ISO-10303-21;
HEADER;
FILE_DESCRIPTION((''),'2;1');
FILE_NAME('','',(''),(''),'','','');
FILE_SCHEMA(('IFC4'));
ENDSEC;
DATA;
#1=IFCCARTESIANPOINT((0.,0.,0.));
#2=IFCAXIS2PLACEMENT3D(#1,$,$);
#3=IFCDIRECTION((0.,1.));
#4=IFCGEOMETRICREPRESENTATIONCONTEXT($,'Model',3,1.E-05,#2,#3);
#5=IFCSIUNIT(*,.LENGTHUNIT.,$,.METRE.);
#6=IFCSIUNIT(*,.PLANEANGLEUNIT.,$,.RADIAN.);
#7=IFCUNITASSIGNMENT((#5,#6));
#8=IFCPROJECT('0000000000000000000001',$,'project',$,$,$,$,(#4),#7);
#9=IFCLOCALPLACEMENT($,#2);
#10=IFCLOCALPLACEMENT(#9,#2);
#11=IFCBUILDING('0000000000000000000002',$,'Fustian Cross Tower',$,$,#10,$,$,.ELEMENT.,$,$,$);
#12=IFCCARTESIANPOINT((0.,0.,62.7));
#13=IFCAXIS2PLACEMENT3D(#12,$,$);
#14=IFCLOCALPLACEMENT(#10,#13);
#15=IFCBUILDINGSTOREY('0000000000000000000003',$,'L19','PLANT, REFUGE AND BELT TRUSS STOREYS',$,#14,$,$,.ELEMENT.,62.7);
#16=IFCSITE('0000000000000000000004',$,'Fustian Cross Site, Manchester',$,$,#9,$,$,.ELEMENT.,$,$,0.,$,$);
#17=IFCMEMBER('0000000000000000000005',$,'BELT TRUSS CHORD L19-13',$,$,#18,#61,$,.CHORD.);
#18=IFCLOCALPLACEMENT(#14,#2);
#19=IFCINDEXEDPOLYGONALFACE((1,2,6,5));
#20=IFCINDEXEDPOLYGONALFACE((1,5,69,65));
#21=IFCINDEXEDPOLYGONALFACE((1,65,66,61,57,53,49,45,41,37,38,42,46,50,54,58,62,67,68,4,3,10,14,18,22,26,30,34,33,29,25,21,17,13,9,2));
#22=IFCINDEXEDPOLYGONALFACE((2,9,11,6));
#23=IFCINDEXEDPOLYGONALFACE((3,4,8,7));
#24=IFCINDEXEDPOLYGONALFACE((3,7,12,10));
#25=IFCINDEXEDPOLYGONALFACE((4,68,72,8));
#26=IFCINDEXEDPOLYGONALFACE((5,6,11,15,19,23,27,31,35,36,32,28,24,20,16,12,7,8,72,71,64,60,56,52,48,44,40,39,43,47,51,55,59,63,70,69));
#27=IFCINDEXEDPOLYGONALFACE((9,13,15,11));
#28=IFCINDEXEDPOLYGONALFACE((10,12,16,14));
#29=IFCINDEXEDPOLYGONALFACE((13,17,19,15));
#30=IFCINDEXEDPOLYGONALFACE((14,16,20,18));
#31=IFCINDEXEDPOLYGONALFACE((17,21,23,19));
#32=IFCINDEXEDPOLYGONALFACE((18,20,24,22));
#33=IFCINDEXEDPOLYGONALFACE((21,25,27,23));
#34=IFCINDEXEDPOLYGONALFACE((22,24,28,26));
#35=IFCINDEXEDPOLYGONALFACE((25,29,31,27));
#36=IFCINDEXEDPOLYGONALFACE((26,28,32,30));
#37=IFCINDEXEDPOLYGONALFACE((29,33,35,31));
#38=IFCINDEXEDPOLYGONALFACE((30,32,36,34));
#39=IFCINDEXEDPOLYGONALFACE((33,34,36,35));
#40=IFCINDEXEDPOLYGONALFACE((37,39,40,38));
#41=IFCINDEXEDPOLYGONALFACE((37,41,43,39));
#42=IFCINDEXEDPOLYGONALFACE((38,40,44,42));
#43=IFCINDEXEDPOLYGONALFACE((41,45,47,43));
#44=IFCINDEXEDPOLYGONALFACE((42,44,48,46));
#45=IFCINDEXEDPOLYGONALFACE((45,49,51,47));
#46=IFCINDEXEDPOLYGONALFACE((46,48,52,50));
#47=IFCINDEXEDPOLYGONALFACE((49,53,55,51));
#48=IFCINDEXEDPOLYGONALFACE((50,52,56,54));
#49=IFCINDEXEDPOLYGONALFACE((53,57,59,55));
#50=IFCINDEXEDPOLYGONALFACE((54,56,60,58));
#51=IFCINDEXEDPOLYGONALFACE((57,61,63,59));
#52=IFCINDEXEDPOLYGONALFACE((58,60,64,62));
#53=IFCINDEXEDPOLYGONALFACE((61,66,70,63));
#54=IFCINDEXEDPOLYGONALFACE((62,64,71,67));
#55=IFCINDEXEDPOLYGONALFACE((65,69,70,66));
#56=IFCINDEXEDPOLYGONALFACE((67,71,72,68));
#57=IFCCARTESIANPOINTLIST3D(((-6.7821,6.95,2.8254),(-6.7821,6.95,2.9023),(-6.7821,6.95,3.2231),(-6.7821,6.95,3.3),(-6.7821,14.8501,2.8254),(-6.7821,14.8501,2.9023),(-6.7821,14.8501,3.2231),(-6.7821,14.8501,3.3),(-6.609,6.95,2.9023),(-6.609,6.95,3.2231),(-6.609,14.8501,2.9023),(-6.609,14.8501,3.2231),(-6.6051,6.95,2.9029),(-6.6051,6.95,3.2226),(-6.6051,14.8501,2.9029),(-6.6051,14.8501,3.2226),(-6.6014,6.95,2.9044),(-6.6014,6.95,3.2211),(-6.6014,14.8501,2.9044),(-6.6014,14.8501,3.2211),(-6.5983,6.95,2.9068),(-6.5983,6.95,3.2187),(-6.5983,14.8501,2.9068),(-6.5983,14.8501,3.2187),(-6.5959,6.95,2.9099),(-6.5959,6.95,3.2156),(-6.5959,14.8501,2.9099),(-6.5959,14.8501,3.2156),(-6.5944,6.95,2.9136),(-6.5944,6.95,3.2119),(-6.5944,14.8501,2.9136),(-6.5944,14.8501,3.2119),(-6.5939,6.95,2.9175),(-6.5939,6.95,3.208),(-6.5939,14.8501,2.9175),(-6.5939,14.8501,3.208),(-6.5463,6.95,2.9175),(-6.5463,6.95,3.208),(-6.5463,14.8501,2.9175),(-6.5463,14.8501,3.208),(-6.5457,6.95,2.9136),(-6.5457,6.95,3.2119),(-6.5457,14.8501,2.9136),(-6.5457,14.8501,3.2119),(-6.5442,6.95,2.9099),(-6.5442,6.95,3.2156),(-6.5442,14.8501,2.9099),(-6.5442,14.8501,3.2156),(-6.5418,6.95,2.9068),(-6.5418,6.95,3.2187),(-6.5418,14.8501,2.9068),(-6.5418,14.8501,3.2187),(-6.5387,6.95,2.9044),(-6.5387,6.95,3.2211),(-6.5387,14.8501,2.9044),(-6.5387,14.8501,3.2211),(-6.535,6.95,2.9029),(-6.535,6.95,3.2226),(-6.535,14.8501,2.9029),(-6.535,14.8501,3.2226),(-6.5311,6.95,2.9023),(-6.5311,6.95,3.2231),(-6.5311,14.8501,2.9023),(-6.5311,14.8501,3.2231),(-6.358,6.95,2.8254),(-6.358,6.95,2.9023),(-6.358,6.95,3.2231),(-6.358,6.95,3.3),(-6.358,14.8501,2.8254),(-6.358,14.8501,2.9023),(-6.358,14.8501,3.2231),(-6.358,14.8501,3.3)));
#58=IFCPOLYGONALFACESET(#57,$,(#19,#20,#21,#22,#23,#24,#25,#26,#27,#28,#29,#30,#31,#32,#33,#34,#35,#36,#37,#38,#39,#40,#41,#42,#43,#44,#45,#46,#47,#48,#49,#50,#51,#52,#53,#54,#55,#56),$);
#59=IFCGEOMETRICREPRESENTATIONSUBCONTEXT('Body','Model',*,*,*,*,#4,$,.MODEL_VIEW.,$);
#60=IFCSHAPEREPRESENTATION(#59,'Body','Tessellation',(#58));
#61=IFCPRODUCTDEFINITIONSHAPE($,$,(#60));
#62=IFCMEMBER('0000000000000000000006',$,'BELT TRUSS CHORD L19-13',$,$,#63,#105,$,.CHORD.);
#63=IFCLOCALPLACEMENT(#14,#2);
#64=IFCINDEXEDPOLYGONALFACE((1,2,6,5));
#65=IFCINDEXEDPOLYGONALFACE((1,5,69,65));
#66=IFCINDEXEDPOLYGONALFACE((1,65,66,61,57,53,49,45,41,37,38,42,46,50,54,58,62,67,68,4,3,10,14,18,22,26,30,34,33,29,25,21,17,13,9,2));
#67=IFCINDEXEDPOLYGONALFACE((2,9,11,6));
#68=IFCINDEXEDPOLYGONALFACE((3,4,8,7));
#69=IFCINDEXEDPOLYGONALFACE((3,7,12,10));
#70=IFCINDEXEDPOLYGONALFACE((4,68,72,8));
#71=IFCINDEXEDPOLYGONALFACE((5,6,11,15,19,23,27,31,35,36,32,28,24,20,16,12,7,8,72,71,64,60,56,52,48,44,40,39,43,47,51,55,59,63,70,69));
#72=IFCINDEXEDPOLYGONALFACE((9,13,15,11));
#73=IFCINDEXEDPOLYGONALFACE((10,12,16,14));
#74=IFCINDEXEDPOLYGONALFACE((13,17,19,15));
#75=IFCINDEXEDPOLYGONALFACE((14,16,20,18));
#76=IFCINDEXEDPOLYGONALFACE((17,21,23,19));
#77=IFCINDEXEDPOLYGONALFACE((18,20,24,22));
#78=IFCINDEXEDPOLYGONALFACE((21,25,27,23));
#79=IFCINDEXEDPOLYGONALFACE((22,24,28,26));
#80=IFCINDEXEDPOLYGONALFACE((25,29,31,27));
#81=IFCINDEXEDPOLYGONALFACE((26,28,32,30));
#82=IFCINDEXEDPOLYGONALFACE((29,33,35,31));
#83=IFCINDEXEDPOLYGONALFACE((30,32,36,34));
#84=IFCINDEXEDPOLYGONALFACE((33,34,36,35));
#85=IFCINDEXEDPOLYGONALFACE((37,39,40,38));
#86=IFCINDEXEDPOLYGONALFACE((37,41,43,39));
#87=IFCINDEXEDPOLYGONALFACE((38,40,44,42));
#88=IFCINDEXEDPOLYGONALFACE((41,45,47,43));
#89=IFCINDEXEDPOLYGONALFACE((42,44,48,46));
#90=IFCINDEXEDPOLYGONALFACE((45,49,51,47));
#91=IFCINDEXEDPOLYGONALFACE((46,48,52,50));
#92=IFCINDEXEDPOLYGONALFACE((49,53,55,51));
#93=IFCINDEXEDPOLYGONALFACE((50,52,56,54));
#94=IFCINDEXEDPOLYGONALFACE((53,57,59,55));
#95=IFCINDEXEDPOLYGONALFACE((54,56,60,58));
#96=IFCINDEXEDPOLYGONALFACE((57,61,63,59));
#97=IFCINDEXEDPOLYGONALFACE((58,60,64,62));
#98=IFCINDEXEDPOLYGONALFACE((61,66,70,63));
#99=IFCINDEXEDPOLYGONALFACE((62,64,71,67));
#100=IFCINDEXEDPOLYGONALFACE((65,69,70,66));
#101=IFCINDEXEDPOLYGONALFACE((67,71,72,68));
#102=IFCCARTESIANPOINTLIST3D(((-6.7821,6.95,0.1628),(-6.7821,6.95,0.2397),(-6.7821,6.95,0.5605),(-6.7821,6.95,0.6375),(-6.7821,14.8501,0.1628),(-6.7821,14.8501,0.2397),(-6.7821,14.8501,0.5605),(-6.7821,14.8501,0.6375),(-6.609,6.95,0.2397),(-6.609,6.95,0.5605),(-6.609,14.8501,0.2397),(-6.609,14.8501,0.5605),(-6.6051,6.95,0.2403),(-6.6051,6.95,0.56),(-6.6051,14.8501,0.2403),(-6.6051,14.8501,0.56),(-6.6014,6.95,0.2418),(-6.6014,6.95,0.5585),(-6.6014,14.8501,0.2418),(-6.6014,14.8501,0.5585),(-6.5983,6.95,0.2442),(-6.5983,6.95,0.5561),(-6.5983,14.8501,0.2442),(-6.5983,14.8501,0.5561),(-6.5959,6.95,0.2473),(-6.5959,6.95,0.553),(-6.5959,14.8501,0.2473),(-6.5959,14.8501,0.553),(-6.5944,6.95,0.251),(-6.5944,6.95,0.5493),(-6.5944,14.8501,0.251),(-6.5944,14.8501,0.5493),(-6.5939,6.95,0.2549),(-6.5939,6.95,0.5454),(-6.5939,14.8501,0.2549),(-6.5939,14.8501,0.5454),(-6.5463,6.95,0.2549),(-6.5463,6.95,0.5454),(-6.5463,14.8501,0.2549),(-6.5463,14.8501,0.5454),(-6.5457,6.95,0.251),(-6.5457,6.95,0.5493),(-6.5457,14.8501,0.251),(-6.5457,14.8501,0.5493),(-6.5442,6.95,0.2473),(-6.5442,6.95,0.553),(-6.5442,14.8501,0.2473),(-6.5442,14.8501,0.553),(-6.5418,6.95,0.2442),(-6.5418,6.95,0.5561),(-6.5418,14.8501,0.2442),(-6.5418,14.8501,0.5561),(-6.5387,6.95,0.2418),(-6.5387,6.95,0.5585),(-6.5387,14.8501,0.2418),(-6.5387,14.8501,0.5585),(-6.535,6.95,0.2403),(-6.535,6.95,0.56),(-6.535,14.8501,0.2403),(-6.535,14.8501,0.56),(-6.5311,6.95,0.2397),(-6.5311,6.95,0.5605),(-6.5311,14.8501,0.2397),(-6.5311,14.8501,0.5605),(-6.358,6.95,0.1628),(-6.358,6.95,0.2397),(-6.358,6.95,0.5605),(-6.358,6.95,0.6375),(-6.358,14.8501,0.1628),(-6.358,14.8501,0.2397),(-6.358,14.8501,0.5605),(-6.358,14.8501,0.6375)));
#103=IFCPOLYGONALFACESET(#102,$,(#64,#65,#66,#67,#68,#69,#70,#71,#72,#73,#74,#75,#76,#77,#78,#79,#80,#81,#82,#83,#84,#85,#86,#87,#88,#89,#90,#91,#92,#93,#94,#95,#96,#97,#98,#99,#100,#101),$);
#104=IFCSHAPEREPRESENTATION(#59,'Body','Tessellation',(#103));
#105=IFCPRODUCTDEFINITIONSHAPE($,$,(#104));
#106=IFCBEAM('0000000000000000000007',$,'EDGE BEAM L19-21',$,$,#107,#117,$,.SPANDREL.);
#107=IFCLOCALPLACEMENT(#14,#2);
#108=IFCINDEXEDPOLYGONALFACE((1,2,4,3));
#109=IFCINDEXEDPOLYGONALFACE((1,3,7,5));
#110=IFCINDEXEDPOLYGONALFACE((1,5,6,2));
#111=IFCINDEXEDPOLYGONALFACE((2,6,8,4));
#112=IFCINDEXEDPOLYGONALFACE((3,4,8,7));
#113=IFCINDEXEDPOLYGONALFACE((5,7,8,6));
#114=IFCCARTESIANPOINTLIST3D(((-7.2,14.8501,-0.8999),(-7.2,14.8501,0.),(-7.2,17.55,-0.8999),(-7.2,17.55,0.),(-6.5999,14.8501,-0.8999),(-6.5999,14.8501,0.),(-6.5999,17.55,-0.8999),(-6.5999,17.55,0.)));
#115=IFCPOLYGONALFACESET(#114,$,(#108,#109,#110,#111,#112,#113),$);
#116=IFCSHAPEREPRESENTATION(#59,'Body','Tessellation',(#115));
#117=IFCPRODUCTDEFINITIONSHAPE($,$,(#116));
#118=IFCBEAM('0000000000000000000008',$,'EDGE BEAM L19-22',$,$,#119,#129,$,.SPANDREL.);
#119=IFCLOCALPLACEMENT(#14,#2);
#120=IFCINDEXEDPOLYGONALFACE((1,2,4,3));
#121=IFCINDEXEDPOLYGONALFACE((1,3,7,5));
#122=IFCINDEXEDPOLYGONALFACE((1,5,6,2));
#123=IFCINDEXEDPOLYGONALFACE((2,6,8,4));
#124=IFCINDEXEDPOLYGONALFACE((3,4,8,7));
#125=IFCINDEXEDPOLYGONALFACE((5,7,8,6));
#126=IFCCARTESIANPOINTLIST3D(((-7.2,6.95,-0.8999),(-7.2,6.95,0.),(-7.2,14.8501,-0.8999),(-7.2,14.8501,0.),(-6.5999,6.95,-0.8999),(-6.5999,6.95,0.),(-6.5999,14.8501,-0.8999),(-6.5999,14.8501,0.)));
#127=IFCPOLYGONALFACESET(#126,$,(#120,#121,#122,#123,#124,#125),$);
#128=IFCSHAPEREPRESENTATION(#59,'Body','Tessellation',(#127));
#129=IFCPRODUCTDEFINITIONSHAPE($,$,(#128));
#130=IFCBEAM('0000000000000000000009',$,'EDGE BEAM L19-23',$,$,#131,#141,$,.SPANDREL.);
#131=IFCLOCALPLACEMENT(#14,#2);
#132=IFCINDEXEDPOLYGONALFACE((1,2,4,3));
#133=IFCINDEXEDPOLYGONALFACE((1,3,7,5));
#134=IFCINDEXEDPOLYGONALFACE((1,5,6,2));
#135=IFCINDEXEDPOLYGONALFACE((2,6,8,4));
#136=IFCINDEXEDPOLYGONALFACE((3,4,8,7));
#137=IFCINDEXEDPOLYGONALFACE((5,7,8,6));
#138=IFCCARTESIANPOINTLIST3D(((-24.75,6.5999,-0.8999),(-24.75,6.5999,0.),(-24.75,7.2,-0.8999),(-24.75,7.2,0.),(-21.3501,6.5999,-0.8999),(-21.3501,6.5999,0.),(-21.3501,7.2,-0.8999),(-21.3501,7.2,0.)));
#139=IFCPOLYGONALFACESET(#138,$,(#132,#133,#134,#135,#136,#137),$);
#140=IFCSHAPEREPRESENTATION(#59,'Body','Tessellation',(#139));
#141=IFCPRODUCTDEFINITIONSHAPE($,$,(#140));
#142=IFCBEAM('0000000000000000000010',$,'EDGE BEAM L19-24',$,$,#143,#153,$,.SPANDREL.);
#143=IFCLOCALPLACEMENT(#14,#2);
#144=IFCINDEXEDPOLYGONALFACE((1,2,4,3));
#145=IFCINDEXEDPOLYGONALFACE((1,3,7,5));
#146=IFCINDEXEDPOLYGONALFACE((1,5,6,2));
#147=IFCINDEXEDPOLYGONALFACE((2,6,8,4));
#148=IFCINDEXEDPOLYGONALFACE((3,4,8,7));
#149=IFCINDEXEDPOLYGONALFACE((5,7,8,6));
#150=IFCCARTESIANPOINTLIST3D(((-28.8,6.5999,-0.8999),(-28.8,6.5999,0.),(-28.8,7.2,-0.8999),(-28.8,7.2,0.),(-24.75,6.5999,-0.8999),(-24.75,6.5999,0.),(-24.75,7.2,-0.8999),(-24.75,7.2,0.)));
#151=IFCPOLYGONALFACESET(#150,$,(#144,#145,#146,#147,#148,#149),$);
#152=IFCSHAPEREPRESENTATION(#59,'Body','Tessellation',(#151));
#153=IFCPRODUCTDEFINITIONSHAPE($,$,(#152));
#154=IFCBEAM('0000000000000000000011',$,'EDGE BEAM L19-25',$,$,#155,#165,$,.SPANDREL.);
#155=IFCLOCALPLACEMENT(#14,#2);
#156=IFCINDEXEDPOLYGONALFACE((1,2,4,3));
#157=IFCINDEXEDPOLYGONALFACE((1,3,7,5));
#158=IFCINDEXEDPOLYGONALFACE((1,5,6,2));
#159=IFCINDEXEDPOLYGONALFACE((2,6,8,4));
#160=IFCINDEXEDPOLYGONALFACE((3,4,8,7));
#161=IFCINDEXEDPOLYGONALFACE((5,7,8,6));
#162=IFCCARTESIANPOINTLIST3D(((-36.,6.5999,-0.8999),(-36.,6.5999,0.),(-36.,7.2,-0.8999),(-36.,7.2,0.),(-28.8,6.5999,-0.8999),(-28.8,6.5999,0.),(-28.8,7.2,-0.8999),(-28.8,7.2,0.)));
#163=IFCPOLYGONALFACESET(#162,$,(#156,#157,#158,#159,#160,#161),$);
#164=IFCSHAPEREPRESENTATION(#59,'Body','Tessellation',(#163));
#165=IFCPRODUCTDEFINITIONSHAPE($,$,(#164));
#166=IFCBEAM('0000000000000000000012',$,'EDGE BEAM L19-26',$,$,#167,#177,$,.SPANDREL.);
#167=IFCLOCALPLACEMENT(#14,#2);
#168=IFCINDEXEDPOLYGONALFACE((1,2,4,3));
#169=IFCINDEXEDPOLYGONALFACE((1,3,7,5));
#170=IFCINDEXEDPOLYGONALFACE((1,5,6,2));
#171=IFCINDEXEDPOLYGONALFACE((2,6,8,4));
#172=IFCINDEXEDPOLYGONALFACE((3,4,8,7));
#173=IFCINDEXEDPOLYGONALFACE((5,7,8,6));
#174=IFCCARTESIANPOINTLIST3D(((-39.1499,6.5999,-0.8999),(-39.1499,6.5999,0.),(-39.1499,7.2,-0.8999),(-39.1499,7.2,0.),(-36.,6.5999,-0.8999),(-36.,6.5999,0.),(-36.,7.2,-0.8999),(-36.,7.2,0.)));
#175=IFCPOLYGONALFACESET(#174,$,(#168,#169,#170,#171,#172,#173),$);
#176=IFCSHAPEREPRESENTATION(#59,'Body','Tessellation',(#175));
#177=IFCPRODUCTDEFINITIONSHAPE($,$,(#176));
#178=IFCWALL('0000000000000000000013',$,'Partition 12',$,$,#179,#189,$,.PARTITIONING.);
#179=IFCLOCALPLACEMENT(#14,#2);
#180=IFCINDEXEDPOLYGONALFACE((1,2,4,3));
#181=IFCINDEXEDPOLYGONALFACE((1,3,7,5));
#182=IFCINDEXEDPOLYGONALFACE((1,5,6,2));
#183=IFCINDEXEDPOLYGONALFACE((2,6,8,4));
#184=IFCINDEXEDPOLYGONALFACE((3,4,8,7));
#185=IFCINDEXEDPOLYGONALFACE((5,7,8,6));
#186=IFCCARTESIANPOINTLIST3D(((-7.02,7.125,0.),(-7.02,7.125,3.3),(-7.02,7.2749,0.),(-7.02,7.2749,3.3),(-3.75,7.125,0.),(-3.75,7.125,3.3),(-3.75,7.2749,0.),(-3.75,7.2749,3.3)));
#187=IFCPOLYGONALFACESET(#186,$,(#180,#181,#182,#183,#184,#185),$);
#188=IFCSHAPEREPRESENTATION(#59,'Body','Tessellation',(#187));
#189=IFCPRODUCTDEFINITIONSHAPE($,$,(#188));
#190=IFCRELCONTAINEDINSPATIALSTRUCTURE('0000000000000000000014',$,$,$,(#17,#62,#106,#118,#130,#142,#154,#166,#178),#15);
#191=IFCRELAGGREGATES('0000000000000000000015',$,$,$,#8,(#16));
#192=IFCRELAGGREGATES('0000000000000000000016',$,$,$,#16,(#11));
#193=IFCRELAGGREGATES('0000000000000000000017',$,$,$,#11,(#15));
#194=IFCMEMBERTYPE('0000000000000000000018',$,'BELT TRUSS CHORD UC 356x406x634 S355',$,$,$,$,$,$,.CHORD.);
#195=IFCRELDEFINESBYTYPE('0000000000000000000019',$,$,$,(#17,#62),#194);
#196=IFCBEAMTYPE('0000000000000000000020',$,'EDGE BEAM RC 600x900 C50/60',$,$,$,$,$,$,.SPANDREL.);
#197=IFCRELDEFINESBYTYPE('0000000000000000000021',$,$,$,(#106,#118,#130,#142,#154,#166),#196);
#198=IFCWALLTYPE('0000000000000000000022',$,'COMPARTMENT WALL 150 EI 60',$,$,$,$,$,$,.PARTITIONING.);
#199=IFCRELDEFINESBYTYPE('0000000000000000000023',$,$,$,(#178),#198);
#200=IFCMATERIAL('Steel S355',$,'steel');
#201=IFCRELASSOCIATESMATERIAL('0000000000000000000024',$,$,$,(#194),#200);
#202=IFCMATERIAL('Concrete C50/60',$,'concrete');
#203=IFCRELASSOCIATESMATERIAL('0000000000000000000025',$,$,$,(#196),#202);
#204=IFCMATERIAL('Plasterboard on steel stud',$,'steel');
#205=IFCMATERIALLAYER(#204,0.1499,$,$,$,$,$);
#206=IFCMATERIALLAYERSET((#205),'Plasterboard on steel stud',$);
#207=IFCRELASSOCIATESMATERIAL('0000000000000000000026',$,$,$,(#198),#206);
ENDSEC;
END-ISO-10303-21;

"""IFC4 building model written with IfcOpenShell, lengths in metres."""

from ifc_helpers import new_model, si_unit, direction, frame, frame_2d, origin, origin_2d, place, context, subcontext, project, spatial, rectangle, i_section, extrude, material, layer, layer_set, material_profile, profile_set, type_object, element, save


model = new_model("IFC4")

# Units and contexts
model_context = context("Model", 3, precision=1e-05, world=origin(), true_north=direction((0.0, 1.0)))
body_context = subcontext(model_context, "Body", "Model", "MODEL_VIEW")
ifc_project = project(units=[si_unit("LENGTHUNIT", "METRE"), si_unit("PLANEANGLEUNIT", "RADIAN")], contexts=[model_context])

# Site, building, storey
site_placement = place(None, origin())
site = spatial("IfcSite", under=ifc_project, at=site_placement, Name="Fustian Cross Site, Manchester", CompositionType="ELEMENT", RefElevation=0.0)
building_placement = place(site_placement, origin())
building = spatial("IfcBuilding", under=site, at=building_placement, Name="Fustian Cross Tower", CompositionType="ELEMENT")
storey_placement = place(building_placement, frame((0.0, 0.0, 62.7)))
storey = spatial("IfcBuildingStorey", under=building, at=storey_placement, Name="L19", Description="PLANT, REFUGE AND BELT TRUSS STOREYS", CompositionType="ELEMENT", Elevation=62.7)

# Members
ifc_material_1 = material(Name="Steel S355", Category="steel")
ifc_material_profile_1 = material_profile(ifc_material_1, i_section(OverallWidth=0.4241, OverallDepth=0.4746, WebThickness=0.0476, FlangeThickness=0.0769, FilletRadius=0.0151, at=origin_2d()), Name="UC 356x406x634")
ifc_profile_set_1 = profile_set([ifc_material_profile_1], Name="Steel S355")
member_type_1 = type_object("IfcMemberType", Name="BELT TRUSS CHORD UC 356x406x634 S355", PredefinedType="CHORD", material=ifc_profile_set_1)
for number, where, z_axis, x_axis, name in (
    (1, (-6.5701, 14.8501, 3.0627), (0.0, -1.0, 0.0), (1.0, 0.0, 0.0), "BELT TRUSS CHORD L19-13"),
    (2, (-6.5701, 14.8501, 0.4001), (0.0, -1.0, 0.0), (1.0, 0.0, 0.0), "BELT TRUSS CHORD L19-13"),
):
    element("IfcMember", number, at=place(storey_placement, frame(where, z_axis=z_axis, x_axis=x_axis)), inside=storey, type_object=member_type_1, Name=name, PredefinedType="CHORD", context=body_context, shape_type="SweptSolid", body=[
        extrude(i_section(OverallWidth=0.4241, OverallDepth=0.4746, WebThickness=0.0476, FlangeThickness=0.0769, FilletRadius=0.0151, at=origin_2d()), origin(), (0.0, 0.0, 1.0), 7.9001),
    ])

# Beams
ifc_material_2 = material(Name="Concrete C50/60", Category="concrete")
ifc_material_profile_2 = material_profile(ifc_material_2, rectangle(XDim=0.6001, YDim=0.8999, at=origin_2d()), Name="RC 600x900")
ifc_profile_set_2 = profile_set([ifc_material_profile_2], Name="Concrete C50/60")
beam_type = type_object("IfcBeamType", Name="EDGE BEAM RC 600x900 C50/60", PredefinedType="SPANDREL", material=ifc_profile_set_2)
beam_1_placement = place(storey_placement, frame((-6.8999, 17.55, -0.45), z_axis=(0.0, -1.0, 0.0), x_axis=(1.0, 0.0, 0.0)))
element("IfcBeam", 3, at=beam_1_placement, inside=storey, type_object=beam_type, Name="EDGE BEAM L19-21", PredefinedType="SPANDREL", context=body_context, shape_type="SweptSolid", body=[
    extrude(rectangle(XDim=0.6001, YDim=0.8999, at=origin_2d()), origin(), (0.0, 0.0, 1.0), 2.7),
])
beam_2_placement = place(storey_placement, frame((-6.8999, 14.8501, -0.45), z_axis=(0.0, -1.0, 0.0), x_axis=(1.0, 0.0, 0.0)))
element("IfcBeam", 4, at=beam_2_placement, inside=storey, type_object=beam_type, Name="EDGE BEAM L19-22", PredefinedType="SPANDREL", context=body_context, shape_type="SweptSolid", body=[
    extrude(rectangle(XDim=0.6001, YDim=0.8999, at=origin_2d()), origin(), (0.0, 0.0, 1.0), 7.9001),
])
beam_3_placement = place(storey_placement, frame((-21.3501, 6.8999, -0.45), z_axis=(-1.0, 0.0, 0.0), x_axis=(0.0, -1.0, 0.0)))
element("IfcBeam", 5, at=beam_3_placement, inside=storey, type_object=beam_type, Name="EDGE BEAM L19-23", PredefinedType="SPANDREL", context=body_context, shape_type="SweptSolid", body=[
    extrude(rectangle(XDim=0.6001, YDim=0.8999, at=origin_2d()), origin(), (0.0, 0.0, 1.0), 3.3999),
])
beam_4_placement = place(storey_placement, frame((-24.75, 6.8999, -0.45), z_axis=(-1.0, 0.0, 0.0), x_axis=(0.0, -1.0, 0.0)))
element("IfcBeam", 6, at=beam_4_placement, inside=storey, type_object=beam_type, Name="EDGE BEAM L19-24", PredefinedType="SPANDREL", context=body_context, shape_type="SweptSolid", body=[
    extrude(rectangle(XDim=0.6001, YDim=0.8999, at=origin_2d()), origin(), (0.0, 0.0, 1.0), 4.05),
])
beam_5_placement = place(storey_placement, frame((-28.8, 6.8999, -0.45), z_axis=(-1.0, 0.0, 0.0), x_axis=(0.0, -1.0, 0.0)))
element("IfcBeam", 7, at=beam_5_placement, inside=storey, type_object=beam_type, Name="EDGE BEAM L19-25", PredefinedType="SPANDREL", context=body_context, shape_type="SweptSolid", body=[
    extrude(rectangle(XDim=0.6001, YDim=0.8999, at=origin_2d()), origin(), (0.0, 0.0, 1.0), 7.2),
])
beam_6_placement = place(storey_placement, frame((-36.0, 6.8999, -0.45), z_axis=(-1.0, 0.0, 0.0), x_axis=(0.0, -1.0, 0.0)))
element("IfcBeam", 8, at=beam_6_placement, inside=storey, type_object=beam_type, Name="EDGE BEAM L19-26", PredefinedType="SPANDREL", context=body_context, shape_type="SweptSolid", body=[
    extrude(rectangle(XDim=0.6001, YDim=0.8999, at=origin_2d()), origin(), (0.0, 0.0, 1.0), 3.1499),
])

# Wall
ifc_material_3 = material(Name="Plasterboard on steel stud", Category="steel")
ifc_layer_1 = layer(ifc_material_3, 0.1499)
ifc_layer_set_1 = layer_set([ifc_layer_1], Name="Plasterboard on steel stud")
wall_type_1 = type_object("IfcWallType", Name="COMPARTMENT WALL 150 EI 60", PredefinedType="PARTITIONING", material=ifc_layer_set_1)
wall_1_placement = place(storey_placement, frame((-7.02, 7.2, 0.0), z_axis=(0.0, 0.0, 1.0), x_axis=(1.0, 0.0, 0.0)))
element("IfcWall", 9, at=wall_1_placement, inside=storey, type_object=wall_type_1, Name="Partition 12", PredefinedType="PARTITIONING", context=body_context, shape_type="SweptSolid", body=[
    extrude(rectangle(XDim=3.27, YDim=0.1499, at=frame_2d((1.635, 0.0))), origin(), (0.0, 0.0, 1.0), 3.3),
])

save(model, "model.ifc")
